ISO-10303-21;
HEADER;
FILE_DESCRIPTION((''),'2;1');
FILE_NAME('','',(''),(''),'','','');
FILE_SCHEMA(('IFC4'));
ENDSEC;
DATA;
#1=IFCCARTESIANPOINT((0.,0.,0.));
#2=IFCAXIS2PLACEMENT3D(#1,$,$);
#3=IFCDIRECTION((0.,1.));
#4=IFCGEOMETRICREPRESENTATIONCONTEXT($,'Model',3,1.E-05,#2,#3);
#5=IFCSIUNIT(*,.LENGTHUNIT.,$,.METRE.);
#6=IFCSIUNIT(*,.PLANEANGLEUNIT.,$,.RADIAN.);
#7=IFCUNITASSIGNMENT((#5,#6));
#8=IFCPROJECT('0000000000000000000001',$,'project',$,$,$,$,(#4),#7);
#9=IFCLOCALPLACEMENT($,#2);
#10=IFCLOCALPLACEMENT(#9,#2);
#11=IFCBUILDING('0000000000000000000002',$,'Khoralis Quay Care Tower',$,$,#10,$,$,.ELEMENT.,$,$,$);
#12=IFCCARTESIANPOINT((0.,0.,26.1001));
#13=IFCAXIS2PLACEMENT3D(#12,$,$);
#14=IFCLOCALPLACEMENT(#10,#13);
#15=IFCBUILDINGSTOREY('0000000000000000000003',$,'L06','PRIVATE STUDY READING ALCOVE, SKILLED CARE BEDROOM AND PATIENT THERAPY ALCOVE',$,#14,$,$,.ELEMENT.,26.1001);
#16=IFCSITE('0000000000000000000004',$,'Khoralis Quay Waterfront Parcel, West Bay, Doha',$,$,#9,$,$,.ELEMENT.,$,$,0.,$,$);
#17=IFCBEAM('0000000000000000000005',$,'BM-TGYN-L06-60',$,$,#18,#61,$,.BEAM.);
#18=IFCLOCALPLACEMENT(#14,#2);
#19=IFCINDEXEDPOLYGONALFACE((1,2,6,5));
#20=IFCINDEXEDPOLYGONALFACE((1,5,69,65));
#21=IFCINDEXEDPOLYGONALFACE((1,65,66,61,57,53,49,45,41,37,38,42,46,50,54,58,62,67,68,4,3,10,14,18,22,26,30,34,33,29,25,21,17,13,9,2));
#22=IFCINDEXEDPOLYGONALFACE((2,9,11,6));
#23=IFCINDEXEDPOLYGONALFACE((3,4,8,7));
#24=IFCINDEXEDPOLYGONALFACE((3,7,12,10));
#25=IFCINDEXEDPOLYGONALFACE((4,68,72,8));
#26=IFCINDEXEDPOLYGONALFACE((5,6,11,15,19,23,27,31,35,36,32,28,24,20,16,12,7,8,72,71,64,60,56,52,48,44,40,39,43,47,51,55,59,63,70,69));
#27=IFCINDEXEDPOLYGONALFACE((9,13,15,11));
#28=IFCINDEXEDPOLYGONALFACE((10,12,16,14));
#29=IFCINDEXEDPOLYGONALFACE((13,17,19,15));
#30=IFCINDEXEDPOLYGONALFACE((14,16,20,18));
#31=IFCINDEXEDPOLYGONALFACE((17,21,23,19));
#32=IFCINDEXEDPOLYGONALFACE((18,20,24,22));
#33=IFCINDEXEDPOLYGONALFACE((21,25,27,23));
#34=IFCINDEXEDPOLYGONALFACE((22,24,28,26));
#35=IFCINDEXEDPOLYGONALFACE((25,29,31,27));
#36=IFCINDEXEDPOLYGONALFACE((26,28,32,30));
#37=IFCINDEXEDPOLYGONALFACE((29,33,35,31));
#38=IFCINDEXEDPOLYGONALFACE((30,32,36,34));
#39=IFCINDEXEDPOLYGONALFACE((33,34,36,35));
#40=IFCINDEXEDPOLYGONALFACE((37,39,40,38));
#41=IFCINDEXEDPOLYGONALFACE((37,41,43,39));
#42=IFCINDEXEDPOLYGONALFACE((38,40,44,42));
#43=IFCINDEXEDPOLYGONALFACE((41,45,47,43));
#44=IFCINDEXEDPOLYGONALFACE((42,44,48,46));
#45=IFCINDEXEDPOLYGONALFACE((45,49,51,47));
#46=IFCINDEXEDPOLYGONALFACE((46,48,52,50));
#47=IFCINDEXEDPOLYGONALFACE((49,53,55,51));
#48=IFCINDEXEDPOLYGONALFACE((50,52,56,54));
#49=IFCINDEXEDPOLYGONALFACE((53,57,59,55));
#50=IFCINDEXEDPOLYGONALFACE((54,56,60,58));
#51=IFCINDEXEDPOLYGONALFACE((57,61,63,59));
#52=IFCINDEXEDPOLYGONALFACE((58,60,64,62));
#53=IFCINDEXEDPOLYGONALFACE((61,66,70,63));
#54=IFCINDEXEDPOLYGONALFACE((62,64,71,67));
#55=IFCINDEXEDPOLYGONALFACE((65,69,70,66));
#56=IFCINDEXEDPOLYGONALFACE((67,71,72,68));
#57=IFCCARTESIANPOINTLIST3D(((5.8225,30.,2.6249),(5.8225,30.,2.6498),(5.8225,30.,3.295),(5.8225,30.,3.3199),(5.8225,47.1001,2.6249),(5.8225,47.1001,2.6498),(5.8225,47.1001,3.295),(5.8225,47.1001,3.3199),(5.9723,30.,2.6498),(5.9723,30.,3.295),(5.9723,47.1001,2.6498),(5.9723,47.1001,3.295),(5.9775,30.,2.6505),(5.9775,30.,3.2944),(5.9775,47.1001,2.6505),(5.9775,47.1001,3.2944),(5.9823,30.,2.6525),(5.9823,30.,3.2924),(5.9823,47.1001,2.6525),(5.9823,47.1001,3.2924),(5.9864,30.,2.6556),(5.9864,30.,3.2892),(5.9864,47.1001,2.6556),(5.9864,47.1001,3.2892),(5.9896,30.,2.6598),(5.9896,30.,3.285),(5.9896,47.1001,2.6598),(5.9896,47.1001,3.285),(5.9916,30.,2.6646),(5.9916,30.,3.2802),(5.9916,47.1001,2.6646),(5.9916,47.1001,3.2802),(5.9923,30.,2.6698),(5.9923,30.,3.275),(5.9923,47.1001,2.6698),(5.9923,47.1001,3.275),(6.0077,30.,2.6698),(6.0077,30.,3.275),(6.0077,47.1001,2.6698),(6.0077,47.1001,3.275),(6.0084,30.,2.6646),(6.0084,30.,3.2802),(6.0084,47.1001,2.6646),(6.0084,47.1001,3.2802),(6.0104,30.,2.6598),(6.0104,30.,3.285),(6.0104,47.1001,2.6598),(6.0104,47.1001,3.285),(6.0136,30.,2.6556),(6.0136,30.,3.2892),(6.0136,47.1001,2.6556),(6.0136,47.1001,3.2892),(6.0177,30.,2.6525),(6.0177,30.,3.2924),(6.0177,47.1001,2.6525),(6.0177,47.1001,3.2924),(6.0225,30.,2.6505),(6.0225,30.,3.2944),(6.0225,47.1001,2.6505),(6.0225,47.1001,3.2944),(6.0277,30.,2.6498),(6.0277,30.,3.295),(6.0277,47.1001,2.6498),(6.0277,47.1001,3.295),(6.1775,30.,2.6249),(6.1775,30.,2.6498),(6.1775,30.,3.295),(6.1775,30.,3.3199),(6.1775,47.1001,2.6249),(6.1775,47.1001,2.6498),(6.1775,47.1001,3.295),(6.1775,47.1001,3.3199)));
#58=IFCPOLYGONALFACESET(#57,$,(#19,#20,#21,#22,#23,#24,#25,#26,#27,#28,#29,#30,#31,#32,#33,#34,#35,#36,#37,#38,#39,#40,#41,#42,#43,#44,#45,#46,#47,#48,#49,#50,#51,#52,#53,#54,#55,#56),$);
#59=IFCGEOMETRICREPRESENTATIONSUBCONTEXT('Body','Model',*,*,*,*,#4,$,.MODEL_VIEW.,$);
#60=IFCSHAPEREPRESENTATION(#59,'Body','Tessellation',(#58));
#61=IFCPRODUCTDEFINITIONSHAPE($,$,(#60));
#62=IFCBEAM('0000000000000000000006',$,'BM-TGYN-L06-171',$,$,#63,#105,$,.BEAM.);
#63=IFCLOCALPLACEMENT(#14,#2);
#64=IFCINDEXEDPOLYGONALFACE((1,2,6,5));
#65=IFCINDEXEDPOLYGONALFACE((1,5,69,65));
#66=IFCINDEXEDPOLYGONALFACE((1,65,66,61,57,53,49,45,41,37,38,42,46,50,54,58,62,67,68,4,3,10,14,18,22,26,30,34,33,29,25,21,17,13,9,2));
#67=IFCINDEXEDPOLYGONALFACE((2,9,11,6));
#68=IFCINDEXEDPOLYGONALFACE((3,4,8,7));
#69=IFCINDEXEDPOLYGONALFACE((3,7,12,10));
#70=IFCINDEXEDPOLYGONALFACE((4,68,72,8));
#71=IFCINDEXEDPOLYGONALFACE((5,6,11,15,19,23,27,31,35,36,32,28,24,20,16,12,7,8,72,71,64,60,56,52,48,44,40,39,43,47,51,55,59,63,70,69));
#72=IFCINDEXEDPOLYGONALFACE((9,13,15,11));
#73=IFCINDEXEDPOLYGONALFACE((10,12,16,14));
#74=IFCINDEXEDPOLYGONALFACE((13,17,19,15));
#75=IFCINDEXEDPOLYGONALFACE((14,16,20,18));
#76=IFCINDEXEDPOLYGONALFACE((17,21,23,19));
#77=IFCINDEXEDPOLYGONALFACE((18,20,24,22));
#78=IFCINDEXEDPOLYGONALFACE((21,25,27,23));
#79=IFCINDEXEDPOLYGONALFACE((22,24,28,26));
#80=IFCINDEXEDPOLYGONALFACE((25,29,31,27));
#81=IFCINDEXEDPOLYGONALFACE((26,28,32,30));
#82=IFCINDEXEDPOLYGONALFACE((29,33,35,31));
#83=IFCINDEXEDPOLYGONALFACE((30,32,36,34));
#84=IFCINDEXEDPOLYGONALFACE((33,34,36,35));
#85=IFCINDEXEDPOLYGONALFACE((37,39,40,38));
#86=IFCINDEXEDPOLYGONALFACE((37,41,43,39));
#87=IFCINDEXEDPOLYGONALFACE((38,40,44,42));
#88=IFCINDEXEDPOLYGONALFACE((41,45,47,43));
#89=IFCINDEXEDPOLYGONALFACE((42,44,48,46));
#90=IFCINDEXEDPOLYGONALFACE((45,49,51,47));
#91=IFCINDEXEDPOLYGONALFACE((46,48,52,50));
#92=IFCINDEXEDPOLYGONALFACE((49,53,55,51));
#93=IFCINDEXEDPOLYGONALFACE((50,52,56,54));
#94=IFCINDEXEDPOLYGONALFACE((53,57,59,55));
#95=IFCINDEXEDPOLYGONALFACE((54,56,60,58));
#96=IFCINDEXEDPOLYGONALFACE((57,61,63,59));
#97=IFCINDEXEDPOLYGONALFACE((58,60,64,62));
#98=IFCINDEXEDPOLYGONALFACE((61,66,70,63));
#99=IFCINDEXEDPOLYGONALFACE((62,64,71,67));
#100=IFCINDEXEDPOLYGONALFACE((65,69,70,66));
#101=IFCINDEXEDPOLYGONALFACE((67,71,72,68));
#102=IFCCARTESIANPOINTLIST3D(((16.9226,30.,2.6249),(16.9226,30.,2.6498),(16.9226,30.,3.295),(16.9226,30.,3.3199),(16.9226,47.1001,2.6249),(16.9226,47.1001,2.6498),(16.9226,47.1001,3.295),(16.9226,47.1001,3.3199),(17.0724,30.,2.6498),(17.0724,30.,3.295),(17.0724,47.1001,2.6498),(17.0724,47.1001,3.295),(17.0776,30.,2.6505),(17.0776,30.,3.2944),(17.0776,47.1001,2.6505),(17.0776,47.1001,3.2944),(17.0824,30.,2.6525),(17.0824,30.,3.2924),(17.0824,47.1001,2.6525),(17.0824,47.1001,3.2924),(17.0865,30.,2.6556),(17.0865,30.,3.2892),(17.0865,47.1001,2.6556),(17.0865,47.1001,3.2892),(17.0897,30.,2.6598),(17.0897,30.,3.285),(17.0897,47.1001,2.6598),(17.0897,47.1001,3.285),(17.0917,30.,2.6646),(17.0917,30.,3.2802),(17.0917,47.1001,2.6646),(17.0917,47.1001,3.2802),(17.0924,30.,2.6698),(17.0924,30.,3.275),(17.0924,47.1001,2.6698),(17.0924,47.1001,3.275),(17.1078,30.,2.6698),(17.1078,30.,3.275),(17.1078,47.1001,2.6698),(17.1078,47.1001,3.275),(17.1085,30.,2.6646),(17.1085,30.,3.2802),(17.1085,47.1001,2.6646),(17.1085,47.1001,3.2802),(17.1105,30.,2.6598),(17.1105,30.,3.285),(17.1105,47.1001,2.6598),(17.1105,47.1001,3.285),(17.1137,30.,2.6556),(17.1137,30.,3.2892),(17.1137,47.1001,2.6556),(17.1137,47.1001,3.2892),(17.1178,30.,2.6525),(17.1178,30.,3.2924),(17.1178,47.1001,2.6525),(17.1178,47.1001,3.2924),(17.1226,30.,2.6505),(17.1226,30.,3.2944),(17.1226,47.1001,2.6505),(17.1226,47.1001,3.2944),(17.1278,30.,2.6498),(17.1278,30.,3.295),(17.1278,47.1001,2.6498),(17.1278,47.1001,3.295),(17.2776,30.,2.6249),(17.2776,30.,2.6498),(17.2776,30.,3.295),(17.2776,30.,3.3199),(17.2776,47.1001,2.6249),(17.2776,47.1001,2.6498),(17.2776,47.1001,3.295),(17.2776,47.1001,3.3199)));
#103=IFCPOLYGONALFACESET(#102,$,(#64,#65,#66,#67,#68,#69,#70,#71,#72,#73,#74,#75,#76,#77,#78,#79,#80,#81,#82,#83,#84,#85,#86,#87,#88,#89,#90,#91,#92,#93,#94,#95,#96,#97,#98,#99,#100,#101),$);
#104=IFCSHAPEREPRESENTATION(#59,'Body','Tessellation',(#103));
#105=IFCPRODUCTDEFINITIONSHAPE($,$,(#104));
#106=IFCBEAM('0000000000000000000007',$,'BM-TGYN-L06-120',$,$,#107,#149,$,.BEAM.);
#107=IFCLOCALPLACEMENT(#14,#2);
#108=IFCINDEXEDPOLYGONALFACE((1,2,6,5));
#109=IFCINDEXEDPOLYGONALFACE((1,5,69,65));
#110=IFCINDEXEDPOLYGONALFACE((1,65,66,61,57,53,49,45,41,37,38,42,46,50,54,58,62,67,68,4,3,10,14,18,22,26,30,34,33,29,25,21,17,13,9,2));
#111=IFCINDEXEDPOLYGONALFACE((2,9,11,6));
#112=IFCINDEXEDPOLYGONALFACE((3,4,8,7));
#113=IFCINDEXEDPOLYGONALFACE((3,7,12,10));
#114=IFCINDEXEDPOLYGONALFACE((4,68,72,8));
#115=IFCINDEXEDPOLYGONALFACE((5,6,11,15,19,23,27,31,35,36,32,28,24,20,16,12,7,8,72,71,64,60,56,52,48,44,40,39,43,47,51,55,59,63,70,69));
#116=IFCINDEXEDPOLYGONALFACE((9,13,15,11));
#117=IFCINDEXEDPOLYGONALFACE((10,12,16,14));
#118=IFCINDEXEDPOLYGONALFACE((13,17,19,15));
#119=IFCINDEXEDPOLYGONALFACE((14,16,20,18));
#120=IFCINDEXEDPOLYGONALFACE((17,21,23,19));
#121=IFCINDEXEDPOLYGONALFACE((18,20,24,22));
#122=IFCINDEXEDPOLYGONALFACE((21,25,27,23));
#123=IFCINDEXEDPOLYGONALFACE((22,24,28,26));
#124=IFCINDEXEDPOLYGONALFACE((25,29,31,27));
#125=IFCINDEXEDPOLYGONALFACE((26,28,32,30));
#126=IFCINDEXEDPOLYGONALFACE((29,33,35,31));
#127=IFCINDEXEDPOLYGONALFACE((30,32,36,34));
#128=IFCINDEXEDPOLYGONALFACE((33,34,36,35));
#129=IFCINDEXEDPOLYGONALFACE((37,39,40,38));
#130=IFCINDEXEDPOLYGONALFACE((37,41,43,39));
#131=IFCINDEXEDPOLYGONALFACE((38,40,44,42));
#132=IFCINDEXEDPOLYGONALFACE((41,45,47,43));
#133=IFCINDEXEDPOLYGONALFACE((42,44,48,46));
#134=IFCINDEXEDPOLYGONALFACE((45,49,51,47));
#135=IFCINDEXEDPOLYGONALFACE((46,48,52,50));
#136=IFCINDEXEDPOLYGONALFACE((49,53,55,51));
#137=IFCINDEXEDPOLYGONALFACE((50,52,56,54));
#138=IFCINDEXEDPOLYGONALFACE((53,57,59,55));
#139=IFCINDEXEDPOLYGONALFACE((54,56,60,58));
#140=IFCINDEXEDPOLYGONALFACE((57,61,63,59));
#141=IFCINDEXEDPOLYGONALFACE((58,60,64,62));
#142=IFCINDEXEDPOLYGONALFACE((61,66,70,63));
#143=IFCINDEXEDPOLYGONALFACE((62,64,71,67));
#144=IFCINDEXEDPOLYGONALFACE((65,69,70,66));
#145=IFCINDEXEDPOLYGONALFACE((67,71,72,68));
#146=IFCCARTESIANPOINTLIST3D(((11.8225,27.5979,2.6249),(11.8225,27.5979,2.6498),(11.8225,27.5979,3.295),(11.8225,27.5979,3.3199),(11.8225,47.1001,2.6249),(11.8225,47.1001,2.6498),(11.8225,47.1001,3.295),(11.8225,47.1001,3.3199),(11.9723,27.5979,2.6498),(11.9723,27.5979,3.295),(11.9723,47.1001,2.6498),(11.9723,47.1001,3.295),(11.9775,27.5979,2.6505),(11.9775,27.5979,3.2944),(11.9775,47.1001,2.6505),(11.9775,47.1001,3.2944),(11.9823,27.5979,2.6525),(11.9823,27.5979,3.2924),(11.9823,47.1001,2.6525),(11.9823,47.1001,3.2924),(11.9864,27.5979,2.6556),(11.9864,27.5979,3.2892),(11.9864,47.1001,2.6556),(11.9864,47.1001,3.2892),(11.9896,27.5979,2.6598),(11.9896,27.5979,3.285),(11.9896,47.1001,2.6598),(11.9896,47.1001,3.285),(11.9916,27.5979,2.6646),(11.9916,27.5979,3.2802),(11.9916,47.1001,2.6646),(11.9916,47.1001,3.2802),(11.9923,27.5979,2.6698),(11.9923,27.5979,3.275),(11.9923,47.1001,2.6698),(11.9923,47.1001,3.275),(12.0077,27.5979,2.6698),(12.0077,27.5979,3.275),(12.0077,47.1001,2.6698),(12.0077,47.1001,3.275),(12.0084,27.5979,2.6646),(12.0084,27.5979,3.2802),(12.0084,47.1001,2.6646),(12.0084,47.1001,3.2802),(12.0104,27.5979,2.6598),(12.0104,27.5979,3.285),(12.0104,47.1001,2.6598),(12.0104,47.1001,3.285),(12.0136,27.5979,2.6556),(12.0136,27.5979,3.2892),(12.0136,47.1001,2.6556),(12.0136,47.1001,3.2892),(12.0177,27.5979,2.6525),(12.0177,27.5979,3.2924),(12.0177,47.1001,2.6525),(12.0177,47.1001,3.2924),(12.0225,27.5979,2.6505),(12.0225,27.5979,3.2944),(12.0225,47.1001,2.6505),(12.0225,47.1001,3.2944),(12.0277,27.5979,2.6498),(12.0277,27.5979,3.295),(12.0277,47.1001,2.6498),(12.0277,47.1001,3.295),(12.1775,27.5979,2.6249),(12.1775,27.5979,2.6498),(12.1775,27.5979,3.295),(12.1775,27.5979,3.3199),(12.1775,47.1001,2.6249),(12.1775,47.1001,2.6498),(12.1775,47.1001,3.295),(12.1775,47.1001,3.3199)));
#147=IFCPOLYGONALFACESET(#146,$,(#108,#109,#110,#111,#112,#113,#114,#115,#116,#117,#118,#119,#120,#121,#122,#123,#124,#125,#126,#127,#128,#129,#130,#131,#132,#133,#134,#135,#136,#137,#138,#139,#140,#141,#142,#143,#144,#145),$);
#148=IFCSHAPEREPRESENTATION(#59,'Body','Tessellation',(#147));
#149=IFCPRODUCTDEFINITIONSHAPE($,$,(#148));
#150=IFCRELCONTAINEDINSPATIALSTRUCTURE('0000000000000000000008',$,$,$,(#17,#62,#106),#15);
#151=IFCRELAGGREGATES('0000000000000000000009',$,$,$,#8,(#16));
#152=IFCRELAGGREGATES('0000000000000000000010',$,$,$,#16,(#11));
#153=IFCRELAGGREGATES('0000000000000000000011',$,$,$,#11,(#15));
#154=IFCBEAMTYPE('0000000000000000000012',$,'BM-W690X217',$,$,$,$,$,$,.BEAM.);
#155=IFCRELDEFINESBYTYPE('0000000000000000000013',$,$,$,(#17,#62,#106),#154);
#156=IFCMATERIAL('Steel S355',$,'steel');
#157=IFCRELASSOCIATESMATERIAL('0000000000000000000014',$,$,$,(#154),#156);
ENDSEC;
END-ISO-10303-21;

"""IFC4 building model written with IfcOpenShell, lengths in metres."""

from ifc_helpers import new_model, si_unit, direction, frame, origin, origin_2d, place, context, subcontext, project, spatial, i_section, extrude, source, transform, mapped, material, material_profile, profile_set, type_object, element, save


model = new_model("IFC4")

# Units and contexts
model_context = context("Model", 3, precision=1e-05, world=origin(), true_north=direction((0.0, 1.0)))
body_context = subcontext(model_context, "Body", "Model", "MODEL_VIEW")
ifc_project = project(units=[si_unit("LENGTHUNIT", "METRE"), si_unit("PLANEANGLEUNIT", "RADIAN")], contexts=[model_context])

# Site, building, storey
site_placement = place(None, origin())
site = spatial("IfcSite", under=ifc_project, at=site_placement, Name="Khoralis Quay Waterfront Parcel, West Bay, Doha", CompositionType="ELEMENT", RefElevation=0.0)
building_placement = place(site_placement, origin())
building = spatial("IfcBuilding", under=site, at=building_placement, Name="Khoralis Quay Care Tower", CompositionType="ELEMENT")
storey_placement = place(building_placement, frame((0.0, 0.0, 26.1001)))
storey = spatial("IfcBuildingStorey", under=building, at=storey_placement, Name="L06", Description="PRIVATE STUDY READING ALCOVE, SKILLED CARE BEDROOM AND PATIENT THERAPY ALCOVE", CompositionType="ELEMENT", Elevation=26.1001)

# Beams
ifc_material_1 = material(Name="Steel S355", Category="steel")
ifc_material_profile_1 = material_profile(ifc_material_1, i_section(OverallWidth=0.355, OverallDepth=0.6951, WebThickness=0.0154, FlangeThickness=0.0249, FilletRadius=0.02, at=origin_2d()), Name="Steel S355")
ifc_profile_set_1 = profile_set([ifc_material_profile_1], Name="Steel S355")
beam_type_1 = type_object("IfcBeamType", Name="BM-W690X217", PredefinedType="BEAM", material=ifc_profile_set_1)
shared_shape_1 = source(origin(), body_context, "Body", "SweptSolid", [
    extrude(i_section(OverallWidth=0.355, OverallDepth=0.6951, WebThickness=0.0154, FlangeThickness=0.0249, FilletRadius=0.02, at=origin_2d()), origin(), (0.0, 0.0, 1.0), 17.1001),
])
for number, where, z_axis, x_axis, name in (
    (1, (6.0, 30.0, 2.9724), (0.0, 1.0, 0.0), (-1.0, 0.0, 0.0), "BM-TGYN-L06-60"),
    (2, (17.1001, 30.0, 2.9724), (0.0, 1.0, 0.0), (-1.0, 0.0, 0.0), "BM-TGYN-L06-171"),
):
    element("IfcBeam", number, at=place(storey_placement, frame(where, z_axis=z_axis, x_axis=x_axis)), inside=storey, type_object=beam_type_1, Name=name, PredefinedType="BEAM", context=body_context, shape_type="MappedRepresentation", body=[
        mapped(shared_shape_1, transform((0.0, 0.0, 0.0), scale=1.0)),
    ])
shared_shape_2 = source(origin(), body_context, "Body", "SweptSolid", [
    extrude(i_section(OverallWidth=0.355, OverallDepth=0.6951, WebThickness=0.0154, FlangeThickness=0.0249, FilletRadius=0.02, at=origin_2d()), origin(), (0.0, 0.0, 1.0), 19.5022),
])
beam_1_placement = place(storey_placement, frame((12.0, 27.5979, 2.9724), z_axis=(0.0, 1.0, 0.0), x_axis=(-1.0, 0.0, 0.0)))
element("IfcBeam", 3, at=beam_1_placement, inside=storey, type_object=beam_type_1, Name="BM-TGYN-L06-120", PredefinedType="BEAM", context=body_context, shape_type="MappedRepresentation", body=[
    mapped(shared_shape_2, transform((0.0, 0.0, 0.0), scale=1.0)),
])

save(model, "model.ifc")
